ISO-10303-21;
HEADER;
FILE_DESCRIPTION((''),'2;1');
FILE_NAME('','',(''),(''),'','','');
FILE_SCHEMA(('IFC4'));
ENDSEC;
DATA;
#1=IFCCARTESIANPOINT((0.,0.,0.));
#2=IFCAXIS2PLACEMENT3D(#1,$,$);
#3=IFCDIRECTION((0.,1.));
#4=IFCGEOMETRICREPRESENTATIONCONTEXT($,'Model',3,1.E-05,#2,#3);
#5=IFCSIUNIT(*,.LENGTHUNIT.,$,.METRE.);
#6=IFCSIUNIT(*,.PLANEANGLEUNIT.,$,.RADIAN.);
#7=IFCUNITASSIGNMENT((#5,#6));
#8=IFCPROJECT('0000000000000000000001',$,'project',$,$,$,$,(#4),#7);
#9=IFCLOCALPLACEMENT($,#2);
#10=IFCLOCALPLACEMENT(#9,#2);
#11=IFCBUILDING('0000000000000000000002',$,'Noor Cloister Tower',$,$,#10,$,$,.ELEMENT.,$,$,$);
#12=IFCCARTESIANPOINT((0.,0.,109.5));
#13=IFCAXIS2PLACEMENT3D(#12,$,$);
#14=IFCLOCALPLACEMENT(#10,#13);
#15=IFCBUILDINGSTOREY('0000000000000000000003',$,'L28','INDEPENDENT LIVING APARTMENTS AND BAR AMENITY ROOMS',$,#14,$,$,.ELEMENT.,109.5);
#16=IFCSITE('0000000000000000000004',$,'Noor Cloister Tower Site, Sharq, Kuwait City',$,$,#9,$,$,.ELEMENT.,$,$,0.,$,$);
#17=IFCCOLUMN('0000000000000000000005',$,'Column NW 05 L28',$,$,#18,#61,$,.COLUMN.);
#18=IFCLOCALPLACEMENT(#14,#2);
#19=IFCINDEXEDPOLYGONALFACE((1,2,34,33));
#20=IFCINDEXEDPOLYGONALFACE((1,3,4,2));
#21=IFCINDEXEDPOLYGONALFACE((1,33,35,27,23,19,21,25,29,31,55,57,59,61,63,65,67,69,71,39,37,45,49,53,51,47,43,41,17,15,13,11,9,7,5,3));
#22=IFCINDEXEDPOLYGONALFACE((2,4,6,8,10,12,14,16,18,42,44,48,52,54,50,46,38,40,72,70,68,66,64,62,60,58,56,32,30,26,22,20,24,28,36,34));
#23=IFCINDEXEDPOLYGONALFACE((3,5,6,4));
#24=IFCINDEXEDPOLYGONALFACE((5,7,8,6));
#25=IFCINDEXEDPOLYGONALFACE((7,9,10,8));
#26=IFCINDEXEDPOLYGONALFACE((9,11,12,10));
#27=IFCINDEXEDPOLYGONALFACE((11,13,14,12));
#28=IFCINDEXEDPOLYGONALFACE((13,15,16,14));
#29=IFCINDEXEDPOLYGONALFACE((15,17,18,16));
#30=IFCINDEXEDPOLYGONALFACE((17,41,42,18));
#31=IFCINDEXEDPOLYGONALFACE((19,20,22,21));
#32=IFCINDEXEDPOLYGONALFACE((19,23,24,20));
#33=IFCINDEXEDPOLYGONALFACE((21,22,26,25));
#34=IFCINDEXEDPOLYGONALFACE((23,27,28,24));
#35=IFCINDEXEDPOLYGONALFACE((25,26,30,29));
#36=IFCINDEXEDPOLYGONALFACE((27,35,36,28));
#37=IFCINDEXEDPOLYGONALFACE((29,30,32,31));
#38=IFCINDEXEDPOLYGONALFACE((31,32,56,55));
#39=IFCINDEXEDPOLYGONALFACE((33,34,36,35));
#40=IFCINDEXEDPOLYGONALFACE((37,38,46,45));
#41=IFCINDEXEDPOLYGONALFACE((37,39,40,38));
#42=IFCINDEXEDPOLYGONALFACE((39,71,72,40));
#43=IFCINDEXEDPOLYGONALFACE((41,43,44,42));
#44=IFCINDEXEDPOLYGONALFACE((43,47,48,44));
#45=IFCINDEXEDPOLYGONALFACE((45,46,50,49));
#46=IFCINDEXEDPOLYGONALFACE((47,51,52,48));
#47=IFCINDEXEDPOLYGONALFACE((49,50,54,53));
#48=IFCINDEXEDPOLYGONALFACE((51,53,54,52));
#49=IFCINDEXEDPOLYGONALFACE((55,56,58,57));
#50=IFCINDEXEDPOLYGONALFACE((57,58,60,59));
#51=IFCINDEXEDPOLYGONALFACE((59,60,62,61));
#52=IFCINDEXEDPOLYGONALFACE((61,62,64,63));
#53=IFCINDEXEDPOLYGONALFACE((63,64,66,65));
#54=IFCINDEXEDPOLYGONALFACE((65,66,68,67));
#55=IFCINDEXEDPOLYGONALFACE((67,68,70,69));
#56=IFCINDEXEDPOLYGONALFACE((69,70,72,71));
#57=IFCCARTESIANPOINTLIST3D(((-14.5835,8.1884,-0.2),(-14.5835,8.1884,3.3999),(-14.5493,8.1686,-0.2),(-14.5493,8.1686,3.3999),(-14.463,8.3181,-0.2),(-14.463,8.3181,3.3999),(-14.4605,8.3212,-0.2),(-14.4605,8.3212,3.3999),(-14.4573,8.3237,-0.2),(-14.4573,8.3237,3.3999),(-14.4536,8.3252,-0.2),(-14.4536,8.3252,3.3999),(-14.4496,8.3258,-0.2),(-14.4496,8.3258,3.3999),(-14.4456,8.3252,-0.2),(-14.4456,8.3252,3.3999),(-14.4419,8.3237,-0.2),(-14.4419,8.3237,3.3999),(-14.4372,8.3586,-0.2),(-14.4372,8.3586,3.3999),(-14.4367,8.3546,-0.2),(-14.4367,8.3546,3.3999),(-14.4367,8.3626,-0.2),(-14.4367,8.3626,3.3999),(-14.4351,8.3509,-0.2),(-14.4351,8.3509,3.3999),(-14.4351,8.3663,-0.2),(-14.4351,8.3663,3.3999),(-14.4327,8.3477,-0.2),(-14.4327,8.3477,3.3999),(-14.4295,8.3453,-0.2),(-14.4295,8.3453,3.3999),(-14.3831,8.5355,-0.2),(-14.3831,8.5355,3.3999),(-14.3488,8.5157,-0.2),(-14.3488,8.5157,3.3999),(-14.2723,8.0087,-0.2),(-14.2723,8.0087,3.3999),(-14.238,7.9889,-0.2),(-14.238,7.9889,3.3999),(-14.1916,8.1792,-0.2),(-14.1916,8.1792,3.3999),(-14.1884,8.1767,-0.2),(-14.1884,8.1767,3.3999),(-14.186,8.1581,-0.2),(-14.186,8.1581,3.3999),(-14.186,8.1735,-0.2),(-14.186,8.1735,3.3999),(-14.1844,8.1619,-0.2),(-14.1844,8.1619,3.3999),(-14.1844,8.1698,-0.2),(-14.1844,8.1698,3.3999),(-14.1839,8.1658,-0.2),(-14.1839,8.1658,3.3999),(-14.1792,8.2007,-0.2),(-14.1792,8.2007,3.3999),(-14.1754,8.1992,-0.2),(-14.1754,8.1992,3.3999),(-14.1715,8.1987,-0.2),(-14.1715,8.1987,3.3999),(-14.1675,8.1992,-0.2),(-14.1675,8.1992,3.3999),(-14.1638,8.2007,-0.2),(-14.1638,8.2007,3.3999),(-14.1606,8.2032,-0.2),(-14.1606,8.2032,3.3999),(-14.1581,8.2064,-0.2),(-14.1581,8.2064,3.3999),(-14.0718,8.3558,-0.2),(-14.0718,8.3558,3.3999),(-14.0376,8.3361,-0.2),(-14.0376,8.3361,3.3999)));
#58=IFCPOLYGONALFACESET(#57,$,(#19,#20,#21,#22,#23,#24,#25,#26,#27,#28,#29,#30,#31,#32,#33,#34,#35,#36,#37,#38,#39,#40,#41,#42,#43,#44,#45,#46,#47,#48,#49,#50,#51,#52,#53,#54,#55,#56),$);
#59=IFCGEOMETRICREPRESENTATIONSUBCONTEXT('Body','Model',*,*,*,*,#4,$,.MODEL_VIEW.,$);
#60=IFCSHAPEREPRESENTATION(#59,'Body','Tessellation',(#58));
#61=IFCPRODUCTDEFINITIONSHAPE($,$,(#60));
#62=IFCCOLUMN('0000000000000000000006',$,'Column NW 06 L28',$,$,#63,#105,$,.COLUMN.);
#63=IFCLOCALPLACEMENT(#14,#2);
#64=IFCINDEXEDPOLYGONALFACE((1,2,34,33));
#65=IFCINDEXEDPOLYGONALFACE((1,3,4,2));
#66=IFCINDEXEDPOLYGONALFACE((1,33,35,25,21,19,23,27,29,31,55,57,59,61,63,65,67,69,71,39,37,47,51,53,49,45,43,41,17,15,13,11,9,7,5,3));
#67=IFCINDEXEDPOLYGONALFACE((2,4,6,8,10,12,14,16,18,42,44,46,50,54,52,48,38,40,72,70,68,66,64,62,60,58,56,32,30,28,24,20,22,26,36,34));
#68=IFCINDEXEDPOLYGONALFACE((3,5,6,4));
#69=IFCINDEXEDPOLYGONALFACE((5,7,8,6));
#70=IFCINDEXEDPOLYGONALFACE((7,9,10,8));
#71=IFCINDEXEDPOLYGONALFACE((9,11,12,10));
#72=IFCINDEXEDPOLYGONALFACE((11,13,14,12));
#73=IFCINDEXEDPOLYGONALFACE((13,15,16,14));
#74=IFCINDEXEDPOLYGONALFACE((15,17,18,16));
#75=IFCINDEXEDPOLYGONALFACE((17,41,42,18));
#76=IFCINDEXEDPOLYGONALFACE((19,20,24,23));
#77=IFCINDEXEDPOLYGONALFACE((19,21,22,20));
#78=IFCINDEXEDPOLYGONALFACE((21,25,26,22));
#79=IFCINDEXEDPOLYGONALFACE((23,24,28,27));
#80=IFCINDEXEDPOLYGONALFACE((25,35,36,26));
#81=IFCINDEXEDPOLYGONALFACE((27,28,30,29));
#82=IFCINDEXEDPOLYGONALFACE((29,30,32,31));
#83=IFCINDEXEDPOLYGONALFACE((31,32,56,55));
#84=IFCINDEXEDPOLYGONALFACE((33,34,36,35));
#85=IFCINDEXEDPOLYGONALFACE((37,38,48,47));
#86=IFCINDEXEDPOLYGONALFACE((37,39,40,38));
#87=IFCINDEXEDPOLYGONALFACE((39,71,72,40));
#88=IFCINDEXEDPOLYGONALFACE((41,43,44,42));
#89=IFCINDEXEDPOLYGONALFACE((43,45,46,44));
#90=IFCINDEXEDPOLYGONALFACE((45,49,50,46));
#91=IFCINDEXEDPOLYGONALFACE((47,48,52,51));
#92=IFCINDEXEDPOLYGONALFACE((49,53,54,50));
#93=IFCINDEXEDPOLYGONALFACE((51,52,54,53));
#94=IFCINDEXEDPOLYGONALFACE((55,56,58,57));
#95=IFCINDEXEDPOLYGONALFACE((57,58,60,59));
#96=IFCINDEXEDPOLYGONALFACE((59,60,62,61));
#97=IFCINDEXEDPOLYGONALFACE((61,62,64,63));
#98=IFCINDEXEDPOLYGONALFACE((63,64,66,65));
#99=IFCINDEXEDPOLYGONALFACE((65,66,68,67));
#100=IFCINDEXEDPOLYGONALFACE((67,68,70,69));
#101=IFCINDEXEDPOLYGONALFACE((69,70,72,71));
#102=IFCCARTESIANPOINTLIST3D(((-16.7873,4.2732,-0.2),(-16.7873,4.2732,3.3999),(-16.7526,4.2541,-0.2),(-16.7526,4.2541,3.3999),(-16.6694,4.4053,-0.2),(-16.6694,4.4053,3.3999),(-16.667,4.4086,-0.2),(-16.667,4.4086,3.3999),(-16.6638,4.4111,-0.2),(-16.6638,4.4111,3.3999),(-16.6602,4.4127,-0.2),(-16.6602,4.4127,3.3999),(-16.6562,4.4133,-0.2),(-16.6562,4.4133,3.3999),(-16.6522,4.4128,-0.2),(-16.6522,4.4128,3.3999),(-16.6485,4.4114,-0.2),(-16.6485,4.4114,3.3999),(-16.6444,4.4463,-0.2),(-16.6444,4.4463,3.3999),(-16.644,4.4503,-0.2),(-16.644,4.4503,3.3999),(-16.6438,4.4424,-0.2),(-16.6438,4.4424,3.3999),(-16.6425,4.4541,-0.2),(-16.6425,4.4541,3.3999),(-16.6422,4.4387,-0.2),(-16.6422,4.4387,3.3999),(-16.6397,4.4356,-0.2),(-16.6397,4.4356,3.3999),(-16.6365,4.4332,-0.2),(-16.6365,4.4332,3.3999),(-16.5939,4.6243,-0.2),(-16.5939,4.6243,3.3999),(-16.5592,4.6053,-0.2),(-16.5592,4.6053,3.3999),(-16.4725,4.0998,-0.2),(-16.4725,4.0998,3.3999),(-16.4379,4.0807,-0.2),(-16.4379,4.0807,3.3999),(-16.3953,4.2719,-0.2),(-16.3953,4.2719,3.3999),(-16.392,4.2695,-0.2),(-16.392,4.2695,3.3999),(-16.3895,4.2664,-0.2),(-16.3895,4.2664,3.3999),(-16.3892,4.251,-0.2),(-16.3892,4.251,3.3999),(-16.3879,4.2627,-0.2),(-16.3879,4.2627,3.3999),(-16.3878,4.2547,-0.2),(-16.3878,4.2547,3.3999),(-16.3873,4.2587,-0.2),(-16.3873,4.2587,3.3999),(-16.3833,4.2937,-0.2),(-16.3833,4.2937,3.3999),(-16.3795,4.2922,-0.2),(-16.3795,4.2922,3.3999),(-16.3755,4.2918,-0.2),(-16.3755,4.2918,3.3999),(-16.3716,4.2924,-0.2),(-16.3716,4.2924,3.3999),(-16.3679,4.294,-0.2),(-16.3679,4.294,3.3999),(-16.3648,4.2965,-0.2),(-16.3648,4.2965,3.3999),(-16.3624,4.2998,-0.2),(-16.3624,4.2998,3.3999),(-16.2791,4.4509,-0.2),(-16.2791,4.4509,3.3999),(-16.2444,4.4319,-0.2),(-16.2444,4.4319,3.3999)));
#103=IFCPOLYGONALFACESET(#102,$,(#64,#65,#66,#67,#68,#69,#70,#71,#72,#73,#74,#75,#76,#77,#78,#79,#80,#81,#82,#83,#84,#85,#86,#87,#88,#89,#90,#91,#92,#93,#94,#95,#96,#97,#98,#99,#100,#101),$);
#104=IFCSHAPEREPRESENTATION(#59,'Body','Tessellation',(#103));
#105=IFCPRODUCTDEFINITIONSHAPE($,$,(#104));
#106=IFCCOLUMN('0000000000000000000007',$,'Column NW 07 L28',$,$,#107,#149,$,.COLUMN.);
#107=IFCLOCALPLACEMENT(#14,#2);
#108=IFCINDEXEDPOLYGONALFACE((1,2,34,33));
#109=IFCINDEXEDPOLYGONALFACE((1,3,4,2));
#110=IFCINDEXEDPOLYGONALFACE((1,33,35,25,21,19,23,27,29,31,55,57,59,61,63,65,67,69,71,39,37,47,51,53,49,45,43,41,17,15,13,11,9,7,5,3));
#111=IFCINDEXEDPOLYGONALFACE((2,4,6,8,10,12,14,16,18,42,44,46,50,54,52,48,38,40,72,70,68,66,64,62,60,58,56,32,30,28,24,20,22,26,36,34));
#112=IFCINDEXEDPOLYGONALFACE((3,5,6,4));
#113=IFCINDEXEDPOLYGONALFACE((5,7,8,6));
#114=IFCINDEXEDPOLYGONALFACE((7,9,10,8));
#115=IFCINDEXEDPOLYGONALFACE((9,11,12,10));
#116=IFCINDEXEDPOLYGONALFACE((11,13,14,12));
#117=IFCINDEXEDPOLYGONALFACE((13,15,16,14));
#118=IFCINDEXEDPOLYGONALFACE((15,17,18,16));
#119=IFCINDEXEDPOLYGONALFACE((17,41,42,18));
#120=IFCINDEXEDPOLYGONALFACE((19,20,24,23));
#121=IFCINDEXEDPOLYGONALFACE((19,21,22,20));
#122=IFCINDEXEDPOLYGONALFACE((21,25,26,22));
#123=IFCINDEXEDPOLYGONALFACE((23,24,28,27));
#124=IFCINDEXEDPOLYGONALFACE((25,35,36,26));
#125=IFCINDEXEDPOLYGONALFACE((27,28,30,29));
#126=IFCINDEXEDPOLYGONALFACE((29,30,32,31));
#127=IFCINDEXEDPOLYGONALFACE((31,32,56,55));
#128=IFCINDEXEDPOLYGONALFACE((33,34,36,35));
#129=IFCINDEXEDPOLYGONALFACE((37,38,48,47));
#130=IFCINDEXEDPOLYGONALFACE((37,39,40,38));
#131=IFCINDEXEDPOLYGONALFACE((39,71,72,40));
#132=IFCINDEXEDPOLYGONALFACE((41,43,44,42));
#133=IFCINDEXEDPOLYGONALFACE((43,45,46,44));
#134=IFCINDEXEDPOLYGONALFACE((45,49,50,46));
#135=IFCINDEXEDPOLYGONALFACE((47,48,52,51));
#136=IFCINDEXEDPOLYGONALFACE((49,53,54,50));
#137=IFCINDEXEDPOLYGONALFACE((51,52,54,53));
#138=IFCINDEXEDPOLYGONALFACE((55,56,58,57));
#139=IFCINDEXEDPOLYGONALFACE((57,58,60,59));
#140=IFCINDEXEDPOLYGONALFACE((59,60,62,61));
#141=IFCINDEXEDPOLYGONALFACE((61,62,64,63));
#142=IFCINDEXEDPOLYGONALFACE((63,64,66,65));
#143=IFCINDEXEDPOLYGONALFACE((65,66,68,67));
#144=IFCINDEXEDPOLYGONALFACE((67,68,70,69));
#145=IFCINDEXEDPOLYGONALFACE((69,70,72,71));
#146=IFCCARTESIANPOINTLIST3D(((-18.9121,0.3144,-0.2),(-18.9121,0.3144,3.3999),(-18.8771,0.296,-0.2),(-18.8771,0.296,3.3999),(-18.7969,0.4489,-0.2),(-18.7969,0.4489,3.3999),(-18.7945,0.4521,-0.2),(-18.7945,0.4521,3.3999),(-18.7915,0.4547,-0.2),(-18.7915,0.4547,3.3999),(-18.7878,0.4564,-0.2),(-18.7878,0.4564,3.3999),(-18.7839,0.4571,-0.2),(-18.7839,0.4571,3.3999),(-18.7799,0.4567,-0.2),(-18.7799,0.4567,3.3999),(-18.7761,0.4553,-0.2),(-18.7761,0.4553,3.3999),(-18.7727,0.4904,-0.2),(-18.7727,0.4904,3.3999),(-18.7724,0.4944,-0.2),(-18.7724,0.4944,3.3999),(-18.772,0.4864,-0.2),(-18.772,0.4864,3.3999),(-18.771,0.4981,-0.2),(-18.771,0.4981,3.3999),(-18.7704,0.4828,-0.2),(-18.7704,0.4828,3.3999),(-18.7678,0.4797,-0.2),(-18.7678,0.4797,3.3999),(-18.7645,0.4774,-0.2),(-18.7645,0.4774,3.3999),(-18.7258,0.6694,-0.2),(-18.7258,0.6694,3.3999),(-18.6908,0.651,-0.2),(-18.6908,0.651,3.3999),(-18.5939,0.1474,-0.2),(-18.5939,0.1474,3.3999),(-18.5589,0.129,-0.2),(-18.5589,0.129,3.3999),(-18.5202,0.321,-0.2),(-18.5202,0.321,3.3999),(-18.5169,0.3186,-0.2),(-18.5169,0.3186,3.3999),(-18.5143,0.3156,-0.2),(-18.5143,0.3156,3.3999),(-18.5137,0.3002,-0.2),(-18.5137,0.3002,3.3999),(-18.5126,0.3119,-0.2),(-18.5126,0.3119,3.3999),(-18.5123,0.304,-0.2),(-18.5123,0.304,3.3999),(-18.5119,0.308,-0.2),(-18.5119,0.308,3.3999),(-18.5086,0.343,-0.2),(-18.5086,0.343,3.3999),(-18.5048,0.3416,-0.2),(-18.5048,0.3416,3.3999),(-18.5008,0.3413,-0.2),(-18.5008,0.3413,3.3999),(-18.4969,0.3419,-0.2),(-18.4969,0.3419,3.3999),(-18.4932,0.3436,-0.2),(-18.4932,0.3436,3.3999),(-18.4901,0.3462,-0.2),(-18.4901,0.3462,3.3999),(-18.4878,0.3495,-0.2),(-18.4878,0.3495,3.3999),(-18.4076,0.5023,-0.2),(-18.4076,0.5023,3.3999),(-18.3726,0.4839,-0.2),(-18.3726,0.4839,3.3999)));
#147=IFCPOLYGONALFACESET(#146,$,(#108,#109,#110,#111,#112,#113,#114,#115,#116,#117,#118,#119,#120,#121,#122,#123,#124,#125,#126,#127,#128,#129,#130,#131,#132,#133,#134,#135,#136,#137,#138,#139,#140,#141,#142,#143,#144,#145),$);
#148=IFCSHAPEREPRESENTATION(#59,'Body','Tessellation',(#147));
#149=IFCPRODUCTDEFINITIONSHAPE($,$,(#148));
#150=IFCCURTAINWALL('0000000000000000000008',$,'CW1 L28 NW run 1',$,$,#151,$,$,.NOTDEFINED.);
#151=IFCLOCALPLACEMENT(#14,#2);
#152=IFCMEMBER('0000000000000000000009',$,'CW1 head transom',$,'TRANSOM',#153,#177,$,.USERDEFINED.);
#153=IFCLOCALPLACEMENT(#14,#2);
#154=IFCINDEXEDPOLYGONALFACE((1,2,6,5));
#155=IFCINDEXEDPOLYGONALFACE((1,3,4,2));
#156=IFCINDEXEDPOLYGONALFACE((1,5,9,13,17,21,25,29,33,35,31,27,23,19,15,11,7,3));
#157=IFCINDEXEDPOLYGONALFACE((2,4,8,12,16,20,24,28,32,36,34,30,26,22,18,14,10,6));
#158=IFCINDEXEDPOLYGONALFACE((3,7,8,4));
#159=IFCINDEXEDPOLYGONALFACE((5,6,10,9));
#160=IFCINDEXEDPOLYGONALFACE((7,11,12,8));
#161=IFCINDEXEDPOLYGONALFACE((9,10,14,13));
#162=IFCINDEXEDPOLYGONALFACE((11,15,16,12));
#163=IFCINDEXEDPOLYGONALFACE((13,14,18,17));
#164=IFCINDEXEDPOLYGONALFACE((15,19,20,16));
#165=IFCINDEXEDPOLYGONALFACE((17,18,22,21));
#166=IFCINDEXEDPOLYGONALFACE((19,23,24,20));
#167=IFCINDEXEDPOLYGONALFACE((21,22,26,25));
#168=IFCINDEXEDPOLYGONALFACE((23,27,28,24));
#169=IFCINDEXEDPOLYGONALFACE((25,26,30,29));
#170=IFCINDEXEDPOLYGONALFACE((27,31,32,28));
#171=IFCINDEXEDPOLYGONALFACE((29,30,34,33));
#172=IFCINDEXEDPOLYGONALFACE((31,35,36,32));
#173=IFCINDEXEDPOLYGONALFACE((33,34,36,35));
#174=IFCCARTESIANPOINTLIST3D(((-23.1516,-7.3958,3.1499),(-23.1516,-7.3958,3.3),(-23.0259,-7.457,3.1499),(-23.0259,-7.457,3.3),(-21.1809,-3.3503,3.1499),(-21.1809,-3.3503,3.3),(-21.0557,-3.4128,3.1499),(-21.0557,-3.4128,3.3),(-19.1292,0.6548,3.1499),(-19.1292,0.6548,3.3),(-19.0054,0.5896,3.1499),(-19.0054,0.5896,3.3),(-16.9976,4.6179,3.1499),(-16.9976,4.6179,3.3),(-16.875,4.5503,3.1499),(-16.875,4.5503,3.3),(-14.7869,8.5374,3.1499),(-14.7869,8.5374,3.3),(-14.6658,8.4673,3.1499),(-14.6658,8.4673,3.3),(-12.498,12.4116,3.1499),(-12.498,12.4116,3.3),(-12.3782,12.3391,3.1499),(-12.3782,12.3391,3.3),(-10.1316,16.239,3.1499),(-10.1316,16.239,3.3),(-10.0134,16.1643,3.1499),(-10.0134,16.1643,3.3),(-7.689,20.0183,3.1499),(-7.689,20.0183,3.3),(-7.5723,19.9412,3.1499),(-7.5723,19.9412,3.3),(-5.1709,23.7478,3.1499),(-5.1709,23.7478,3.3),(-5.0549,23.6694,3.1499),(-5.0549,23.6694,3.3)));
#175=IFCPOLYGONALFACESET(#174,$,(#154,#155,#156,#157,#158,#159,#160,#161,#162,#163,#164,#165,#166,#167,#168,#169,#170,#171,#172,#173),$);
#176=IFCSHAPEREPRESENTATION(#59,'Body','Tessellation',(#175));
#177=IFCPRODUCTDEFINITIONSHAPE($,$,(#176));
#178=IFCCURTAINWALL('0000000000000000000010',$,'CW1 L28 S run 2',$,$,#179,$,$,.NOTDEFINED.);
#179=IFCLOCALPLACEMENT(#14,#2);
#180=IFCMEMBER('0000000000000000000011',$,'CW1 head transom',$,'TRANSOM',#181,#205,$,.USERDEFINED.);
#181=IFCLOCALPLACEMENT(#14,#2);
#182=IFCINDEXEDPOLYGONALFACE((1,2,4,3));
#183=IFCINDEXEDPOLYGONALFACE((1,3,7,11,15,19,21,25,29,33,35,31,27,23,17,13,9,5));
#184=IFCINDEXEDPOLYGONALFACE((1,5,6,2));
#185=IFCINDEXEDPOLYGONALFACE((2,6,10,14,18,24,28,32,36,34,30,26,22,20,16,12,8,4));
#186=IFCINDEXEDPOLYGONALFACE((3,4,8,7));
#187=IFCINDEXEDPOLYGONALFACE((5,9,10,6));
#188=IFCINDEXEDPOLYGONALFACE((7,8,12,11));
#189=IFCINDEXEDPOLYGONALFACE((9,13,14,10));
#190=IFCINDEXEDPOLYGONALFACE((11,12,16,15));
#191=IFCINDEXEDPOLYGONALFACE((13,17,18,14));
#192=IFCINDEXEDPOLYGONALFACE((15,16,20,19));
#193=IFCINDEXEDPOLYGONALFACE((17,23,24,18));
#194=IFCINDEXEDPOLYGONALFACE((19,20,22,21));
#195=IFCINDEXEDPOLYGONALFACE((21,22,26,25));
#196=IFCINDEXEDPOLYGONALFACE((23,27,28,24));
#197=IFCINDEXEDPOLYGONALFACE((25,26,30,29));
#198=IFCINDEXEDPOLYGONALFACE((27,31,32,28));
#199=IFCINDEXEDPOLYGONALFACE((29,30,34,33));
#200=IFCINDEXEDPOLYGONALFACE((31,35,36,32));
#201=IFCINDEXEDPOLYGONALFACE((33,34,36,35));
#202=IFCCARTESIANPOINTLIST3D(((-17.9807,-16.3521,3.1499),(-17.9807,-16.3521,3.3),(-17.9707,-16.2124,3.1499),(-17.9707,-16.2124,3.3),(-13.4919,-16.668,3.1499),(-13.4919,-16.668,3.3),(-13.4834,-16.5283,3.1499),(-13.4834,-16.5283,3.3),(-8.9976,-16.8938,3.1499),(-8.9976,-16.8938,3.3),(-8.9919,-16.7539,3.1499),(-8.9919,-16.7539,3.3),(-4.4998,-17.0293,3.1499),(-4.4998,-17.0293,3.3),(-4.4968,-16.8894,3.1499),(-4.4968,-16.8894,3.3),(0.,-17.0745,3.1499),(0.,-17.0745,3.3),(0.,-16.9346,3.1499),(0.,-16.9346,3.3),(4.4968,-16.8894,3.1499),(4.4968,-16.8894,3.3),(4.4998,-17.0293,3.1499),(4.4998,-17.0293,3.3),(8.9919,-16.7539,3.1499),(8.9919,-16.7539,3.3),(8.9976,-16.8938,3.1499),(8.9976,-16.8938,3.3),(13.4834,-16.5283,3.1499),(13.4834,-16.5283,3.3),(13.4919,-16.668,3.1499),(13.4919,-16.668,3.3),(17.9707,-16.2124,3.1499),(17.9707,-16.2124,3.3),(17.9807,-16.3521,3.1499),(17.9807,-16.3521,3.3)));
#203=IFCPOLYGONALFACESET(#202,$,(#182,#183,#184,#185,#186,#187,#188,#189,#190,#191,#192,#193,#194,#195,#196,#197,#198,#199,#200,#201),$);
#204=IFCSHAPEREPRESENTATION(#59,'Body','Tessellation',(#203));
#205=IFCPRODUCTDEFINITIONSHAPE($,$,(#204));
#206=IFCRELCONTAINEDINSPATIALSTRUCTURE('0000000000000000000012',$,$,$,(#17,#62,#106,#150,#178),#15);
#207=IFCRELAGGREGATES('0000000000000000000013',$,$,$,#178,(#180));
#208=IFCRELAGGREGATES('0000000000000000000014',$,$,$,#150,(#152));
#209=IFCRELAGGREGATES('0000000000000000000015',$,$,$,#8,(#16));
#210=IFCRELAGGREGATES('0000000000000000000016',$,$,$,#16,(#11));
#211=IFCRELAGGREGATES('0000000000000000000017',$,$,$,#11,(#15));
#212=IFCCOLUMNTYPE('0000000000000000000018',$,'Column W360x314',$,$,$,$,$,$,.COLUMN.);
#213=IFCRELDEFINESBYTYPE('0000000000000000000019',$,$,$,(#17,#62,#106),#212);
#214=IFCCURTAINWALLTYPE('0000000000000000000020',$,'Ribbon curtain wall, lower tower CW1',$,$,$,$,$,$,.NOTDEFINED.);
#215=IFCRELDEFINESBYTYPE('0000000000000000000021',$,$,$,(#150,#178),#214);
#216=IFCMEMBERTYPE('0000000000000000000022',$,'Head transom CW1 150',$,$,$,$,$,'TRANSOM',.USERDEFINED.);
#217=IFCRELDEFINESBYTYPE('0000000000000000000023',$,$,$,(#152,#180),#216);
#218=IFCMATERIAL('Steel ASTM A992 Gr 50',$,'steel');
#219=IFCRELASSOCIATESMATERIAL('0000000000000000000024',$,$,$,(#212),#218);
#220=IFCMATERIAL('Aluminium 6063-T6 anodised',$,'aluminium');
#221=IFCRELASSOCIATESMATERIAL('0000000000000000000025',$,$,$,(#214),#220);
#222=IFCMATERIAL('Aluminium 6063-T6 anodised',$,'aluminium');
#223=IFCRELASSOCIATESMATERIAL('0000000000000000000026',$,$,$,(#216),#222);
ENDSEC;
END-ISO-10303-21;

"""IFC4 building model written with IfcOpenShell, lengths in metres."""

from ifc_helpers import new_model, si_unit, direction, frame, origin, origin_2d, place, context, subcontext, project, spatial, polyline, i_section, outline, extrude, material, material_profile, profile_set, type_object, element, aggregate, save


model = new_model("IFC4")

# Units and contexts
model_context = context("Model", 3, precision=1e-05, world=origin(), true_north=direction((0.0, 1.0)))
body_context = subcontext(model_context, "Body", "Model", "MODEL_VIEW")
ifc_project = project(units=[si_unit("LENGTHUNIT", "METRE"), si_unit("PLANEANGLEUNIT", "RADIAN")], contexts=[model_context])

# Site, building, storey
site_placement = place(None, origin())
site = spatial("IfcSite", under=ifc_project, at=site_placement, Name="Noor Cloister Tower Site, Sharq, Kuwait City", CompositionType="ELEMENT", RefElevation=0.0)
building_placement = place(site_placement, origin())
building = spatial("IfcBuilding", under=site, at=building_placement, Name="Noor Cloister Tower", CompositionType="ELEMENT")
storey_placement = place(building_placement, frame((0.0, 0.0, 109.5)))
storey = spatial("IfcBuildingStorey", under=building, at=storey_placement, Name="L28", Description="INDEPENDENT LIVING APARTMENTS AND BAR AMENITY ROOMS", CompositionType="ELEMENT", Elevation=109.5)

# Columns
ifc_material_1 = material(Name="Steel ASTM A992 Gr 50", Category="steel")
ifc_material_profile_1 = material_profile(ifc_material_1, i_section(OverallWidth=0.4009, OverallDepth=0.3989, WebThickness=0.0249, FlangeThickness=0.0396, FilletRadius=0.0154, at=origin_2d()), Name="W360x314")
ifc_profile_set_1 = profile_set([ifc_material_profile_1], Name="Steel ASTM A992 Gr 50")
column_type = type_object("IfcColumnType", Name="Column W360x314", PredefinedType="COLUMN", material=ifc_profile_set_1)
for number, where, z_axis, x_axis, name in (
    (1, (-14.3105, 8.2622, -0.2), (0.0, 0.0, 1.0), (-0.5, -0.866025, 0.0), "Column NW 05 L28"),
    (2, (-16.5159, 4.3525, -0.2), (0.0, 0.0, 1.0), (-0.482512, -0.87589, 0.0), "Column NW 06 L28"),
    (3, (-18.6423, 0.3992, -0.2), (0.0, 0.0, 1.0), (-0.464829, -0.885401, 0.0), "Column NW 07 L28"),
):
    element("IfcColumn", number, at=place(storey_placement, frame(where, z_axis=z_axis, x_axis=x_axis)), inside=storey, type_object=column_type, Name=name, PredefinedType="COLUMN", context=body_context, shape_type="SweptSolid", body=[
        extrude(i_section(OverallWidth=0.4009, OverallDepth=0.3989, WebThickness=0.0249, FlangeThickness=0.0396, FilletRadius=0.0154, at=origin_2d()), origin(), (0.0, 0.0, 1.0), 3.5999),
    ])

# Curtain walls, members
ifc_material_2 = material(Name="Aluminium 6063-T6 anodised", Category="aluminium")
curtain_wall_type = type_object("IfcCurtainWallType", Name="Ribbon curtain wall, lower tower CW1", PredefinedType="NOTDEFINED", material=ifc_material_2)
curtain_wall_1_placement = place(storey_placement, origin())
curtain_wall_1 = element("IfcCurtainWall", 4, at=curtain_wall_1_placement, inside=storey, type_object=curtain_wall_type, Name="CW1 L28 NW run 1", PredefinedType="NOTDEFINED")
ifc_material_3 = material(Name="Aluminium 6063-T6 anodised", Category="aluminium")
member_type_1 = type_object("IfcMemberType", Name="Head transom CW1 150", ElementType="TRANSOM", PredefinedType="USERDEFINED", material=ifc_material_3)
member_1_placement = place(storey_placement, frame((0.0, 0.0, 3.1499)))
member_1 = element("IfcMember", 5, at=member_1_placement, type_object=member_type_1, Name="CW1 head transom", ObjectType="TRANSOM", PredefinedType="USERDEFINED", context=body_context, shape_type="SweptSolid", body=[
    extrude(outline(polyline([(-5.1709, 23.7478), (-7.689, 20.0183), (-10.1316, 16.239), (-12.498, 12.4116), (-14.7869, 8.5374), (-16.9976, 4.6179), (-19.1292, 0.6548), (-21.1809, -3.3503), (-23.1516, -7.3958), (-23.0259, -7.457), (-21.0557, -3.4128), (-19.0054, 0.5896), (-16.875, 4.5503), (-14.6658, 8.4673), (-12.3782, 12.3391), (-10.0134, 16.1643), (-7.5723, 19.9412), (-5.0549, 23.6694), (-5.1709, 23.7478)])), origin(), (0.0, 0.0, 1.0), 0.1501),
])
curtain_wall_2_placement = place(storey_placement, origin())
curtain_wall_2 = element("IfcCurtainWall", 6, at=curtain_wall_2_placement, inside=storey, type_object=curtain_wall_type, Name="CW1 L28 S run 2", PredefinedType="NOTDEFINED")
member_2_placement = place(storey_placement, frame((0.0, 0.0, 3.1499)))
member_2 = element("IfcMember", 7, at=member_2_placement, type_object=member_type_1, Name="CW1 head transom", ObjectType="TRANSOM", PredefinedType="USERDEFINED", context=body_context, shape_type="SweptSolid", body=[
    extrude(outline(polyline([(-17.9807, -16.3521), (-13.4919, -16.668), (-8.9976, -16.8938), (-4.4998, -17.0293), (0.0, -17.0745), (4.4998, -17.0293), (8.9976, -16.8938), (13.4919, -16.668), (17.9807, -16.3521), (17.9707, -16.2124), (13.4834, -16.5283), (8.9919, -16.7539), (4.4968, -16.8894), (0.0, -16.9346), (-4.4968, -16.8894), (-8.9919, -16.7539), (-13.4834, -16.5283), (-17.9707, -16.2124), (-17.9807, -16.3521)])), origin(), (0.0, 0.0, 1.0), 0.1501),
])

aggregate(curtain_wall_2, [member_2])

aggregate(curtain_wall_1, [member_1])

save(model, "model.ifc")
